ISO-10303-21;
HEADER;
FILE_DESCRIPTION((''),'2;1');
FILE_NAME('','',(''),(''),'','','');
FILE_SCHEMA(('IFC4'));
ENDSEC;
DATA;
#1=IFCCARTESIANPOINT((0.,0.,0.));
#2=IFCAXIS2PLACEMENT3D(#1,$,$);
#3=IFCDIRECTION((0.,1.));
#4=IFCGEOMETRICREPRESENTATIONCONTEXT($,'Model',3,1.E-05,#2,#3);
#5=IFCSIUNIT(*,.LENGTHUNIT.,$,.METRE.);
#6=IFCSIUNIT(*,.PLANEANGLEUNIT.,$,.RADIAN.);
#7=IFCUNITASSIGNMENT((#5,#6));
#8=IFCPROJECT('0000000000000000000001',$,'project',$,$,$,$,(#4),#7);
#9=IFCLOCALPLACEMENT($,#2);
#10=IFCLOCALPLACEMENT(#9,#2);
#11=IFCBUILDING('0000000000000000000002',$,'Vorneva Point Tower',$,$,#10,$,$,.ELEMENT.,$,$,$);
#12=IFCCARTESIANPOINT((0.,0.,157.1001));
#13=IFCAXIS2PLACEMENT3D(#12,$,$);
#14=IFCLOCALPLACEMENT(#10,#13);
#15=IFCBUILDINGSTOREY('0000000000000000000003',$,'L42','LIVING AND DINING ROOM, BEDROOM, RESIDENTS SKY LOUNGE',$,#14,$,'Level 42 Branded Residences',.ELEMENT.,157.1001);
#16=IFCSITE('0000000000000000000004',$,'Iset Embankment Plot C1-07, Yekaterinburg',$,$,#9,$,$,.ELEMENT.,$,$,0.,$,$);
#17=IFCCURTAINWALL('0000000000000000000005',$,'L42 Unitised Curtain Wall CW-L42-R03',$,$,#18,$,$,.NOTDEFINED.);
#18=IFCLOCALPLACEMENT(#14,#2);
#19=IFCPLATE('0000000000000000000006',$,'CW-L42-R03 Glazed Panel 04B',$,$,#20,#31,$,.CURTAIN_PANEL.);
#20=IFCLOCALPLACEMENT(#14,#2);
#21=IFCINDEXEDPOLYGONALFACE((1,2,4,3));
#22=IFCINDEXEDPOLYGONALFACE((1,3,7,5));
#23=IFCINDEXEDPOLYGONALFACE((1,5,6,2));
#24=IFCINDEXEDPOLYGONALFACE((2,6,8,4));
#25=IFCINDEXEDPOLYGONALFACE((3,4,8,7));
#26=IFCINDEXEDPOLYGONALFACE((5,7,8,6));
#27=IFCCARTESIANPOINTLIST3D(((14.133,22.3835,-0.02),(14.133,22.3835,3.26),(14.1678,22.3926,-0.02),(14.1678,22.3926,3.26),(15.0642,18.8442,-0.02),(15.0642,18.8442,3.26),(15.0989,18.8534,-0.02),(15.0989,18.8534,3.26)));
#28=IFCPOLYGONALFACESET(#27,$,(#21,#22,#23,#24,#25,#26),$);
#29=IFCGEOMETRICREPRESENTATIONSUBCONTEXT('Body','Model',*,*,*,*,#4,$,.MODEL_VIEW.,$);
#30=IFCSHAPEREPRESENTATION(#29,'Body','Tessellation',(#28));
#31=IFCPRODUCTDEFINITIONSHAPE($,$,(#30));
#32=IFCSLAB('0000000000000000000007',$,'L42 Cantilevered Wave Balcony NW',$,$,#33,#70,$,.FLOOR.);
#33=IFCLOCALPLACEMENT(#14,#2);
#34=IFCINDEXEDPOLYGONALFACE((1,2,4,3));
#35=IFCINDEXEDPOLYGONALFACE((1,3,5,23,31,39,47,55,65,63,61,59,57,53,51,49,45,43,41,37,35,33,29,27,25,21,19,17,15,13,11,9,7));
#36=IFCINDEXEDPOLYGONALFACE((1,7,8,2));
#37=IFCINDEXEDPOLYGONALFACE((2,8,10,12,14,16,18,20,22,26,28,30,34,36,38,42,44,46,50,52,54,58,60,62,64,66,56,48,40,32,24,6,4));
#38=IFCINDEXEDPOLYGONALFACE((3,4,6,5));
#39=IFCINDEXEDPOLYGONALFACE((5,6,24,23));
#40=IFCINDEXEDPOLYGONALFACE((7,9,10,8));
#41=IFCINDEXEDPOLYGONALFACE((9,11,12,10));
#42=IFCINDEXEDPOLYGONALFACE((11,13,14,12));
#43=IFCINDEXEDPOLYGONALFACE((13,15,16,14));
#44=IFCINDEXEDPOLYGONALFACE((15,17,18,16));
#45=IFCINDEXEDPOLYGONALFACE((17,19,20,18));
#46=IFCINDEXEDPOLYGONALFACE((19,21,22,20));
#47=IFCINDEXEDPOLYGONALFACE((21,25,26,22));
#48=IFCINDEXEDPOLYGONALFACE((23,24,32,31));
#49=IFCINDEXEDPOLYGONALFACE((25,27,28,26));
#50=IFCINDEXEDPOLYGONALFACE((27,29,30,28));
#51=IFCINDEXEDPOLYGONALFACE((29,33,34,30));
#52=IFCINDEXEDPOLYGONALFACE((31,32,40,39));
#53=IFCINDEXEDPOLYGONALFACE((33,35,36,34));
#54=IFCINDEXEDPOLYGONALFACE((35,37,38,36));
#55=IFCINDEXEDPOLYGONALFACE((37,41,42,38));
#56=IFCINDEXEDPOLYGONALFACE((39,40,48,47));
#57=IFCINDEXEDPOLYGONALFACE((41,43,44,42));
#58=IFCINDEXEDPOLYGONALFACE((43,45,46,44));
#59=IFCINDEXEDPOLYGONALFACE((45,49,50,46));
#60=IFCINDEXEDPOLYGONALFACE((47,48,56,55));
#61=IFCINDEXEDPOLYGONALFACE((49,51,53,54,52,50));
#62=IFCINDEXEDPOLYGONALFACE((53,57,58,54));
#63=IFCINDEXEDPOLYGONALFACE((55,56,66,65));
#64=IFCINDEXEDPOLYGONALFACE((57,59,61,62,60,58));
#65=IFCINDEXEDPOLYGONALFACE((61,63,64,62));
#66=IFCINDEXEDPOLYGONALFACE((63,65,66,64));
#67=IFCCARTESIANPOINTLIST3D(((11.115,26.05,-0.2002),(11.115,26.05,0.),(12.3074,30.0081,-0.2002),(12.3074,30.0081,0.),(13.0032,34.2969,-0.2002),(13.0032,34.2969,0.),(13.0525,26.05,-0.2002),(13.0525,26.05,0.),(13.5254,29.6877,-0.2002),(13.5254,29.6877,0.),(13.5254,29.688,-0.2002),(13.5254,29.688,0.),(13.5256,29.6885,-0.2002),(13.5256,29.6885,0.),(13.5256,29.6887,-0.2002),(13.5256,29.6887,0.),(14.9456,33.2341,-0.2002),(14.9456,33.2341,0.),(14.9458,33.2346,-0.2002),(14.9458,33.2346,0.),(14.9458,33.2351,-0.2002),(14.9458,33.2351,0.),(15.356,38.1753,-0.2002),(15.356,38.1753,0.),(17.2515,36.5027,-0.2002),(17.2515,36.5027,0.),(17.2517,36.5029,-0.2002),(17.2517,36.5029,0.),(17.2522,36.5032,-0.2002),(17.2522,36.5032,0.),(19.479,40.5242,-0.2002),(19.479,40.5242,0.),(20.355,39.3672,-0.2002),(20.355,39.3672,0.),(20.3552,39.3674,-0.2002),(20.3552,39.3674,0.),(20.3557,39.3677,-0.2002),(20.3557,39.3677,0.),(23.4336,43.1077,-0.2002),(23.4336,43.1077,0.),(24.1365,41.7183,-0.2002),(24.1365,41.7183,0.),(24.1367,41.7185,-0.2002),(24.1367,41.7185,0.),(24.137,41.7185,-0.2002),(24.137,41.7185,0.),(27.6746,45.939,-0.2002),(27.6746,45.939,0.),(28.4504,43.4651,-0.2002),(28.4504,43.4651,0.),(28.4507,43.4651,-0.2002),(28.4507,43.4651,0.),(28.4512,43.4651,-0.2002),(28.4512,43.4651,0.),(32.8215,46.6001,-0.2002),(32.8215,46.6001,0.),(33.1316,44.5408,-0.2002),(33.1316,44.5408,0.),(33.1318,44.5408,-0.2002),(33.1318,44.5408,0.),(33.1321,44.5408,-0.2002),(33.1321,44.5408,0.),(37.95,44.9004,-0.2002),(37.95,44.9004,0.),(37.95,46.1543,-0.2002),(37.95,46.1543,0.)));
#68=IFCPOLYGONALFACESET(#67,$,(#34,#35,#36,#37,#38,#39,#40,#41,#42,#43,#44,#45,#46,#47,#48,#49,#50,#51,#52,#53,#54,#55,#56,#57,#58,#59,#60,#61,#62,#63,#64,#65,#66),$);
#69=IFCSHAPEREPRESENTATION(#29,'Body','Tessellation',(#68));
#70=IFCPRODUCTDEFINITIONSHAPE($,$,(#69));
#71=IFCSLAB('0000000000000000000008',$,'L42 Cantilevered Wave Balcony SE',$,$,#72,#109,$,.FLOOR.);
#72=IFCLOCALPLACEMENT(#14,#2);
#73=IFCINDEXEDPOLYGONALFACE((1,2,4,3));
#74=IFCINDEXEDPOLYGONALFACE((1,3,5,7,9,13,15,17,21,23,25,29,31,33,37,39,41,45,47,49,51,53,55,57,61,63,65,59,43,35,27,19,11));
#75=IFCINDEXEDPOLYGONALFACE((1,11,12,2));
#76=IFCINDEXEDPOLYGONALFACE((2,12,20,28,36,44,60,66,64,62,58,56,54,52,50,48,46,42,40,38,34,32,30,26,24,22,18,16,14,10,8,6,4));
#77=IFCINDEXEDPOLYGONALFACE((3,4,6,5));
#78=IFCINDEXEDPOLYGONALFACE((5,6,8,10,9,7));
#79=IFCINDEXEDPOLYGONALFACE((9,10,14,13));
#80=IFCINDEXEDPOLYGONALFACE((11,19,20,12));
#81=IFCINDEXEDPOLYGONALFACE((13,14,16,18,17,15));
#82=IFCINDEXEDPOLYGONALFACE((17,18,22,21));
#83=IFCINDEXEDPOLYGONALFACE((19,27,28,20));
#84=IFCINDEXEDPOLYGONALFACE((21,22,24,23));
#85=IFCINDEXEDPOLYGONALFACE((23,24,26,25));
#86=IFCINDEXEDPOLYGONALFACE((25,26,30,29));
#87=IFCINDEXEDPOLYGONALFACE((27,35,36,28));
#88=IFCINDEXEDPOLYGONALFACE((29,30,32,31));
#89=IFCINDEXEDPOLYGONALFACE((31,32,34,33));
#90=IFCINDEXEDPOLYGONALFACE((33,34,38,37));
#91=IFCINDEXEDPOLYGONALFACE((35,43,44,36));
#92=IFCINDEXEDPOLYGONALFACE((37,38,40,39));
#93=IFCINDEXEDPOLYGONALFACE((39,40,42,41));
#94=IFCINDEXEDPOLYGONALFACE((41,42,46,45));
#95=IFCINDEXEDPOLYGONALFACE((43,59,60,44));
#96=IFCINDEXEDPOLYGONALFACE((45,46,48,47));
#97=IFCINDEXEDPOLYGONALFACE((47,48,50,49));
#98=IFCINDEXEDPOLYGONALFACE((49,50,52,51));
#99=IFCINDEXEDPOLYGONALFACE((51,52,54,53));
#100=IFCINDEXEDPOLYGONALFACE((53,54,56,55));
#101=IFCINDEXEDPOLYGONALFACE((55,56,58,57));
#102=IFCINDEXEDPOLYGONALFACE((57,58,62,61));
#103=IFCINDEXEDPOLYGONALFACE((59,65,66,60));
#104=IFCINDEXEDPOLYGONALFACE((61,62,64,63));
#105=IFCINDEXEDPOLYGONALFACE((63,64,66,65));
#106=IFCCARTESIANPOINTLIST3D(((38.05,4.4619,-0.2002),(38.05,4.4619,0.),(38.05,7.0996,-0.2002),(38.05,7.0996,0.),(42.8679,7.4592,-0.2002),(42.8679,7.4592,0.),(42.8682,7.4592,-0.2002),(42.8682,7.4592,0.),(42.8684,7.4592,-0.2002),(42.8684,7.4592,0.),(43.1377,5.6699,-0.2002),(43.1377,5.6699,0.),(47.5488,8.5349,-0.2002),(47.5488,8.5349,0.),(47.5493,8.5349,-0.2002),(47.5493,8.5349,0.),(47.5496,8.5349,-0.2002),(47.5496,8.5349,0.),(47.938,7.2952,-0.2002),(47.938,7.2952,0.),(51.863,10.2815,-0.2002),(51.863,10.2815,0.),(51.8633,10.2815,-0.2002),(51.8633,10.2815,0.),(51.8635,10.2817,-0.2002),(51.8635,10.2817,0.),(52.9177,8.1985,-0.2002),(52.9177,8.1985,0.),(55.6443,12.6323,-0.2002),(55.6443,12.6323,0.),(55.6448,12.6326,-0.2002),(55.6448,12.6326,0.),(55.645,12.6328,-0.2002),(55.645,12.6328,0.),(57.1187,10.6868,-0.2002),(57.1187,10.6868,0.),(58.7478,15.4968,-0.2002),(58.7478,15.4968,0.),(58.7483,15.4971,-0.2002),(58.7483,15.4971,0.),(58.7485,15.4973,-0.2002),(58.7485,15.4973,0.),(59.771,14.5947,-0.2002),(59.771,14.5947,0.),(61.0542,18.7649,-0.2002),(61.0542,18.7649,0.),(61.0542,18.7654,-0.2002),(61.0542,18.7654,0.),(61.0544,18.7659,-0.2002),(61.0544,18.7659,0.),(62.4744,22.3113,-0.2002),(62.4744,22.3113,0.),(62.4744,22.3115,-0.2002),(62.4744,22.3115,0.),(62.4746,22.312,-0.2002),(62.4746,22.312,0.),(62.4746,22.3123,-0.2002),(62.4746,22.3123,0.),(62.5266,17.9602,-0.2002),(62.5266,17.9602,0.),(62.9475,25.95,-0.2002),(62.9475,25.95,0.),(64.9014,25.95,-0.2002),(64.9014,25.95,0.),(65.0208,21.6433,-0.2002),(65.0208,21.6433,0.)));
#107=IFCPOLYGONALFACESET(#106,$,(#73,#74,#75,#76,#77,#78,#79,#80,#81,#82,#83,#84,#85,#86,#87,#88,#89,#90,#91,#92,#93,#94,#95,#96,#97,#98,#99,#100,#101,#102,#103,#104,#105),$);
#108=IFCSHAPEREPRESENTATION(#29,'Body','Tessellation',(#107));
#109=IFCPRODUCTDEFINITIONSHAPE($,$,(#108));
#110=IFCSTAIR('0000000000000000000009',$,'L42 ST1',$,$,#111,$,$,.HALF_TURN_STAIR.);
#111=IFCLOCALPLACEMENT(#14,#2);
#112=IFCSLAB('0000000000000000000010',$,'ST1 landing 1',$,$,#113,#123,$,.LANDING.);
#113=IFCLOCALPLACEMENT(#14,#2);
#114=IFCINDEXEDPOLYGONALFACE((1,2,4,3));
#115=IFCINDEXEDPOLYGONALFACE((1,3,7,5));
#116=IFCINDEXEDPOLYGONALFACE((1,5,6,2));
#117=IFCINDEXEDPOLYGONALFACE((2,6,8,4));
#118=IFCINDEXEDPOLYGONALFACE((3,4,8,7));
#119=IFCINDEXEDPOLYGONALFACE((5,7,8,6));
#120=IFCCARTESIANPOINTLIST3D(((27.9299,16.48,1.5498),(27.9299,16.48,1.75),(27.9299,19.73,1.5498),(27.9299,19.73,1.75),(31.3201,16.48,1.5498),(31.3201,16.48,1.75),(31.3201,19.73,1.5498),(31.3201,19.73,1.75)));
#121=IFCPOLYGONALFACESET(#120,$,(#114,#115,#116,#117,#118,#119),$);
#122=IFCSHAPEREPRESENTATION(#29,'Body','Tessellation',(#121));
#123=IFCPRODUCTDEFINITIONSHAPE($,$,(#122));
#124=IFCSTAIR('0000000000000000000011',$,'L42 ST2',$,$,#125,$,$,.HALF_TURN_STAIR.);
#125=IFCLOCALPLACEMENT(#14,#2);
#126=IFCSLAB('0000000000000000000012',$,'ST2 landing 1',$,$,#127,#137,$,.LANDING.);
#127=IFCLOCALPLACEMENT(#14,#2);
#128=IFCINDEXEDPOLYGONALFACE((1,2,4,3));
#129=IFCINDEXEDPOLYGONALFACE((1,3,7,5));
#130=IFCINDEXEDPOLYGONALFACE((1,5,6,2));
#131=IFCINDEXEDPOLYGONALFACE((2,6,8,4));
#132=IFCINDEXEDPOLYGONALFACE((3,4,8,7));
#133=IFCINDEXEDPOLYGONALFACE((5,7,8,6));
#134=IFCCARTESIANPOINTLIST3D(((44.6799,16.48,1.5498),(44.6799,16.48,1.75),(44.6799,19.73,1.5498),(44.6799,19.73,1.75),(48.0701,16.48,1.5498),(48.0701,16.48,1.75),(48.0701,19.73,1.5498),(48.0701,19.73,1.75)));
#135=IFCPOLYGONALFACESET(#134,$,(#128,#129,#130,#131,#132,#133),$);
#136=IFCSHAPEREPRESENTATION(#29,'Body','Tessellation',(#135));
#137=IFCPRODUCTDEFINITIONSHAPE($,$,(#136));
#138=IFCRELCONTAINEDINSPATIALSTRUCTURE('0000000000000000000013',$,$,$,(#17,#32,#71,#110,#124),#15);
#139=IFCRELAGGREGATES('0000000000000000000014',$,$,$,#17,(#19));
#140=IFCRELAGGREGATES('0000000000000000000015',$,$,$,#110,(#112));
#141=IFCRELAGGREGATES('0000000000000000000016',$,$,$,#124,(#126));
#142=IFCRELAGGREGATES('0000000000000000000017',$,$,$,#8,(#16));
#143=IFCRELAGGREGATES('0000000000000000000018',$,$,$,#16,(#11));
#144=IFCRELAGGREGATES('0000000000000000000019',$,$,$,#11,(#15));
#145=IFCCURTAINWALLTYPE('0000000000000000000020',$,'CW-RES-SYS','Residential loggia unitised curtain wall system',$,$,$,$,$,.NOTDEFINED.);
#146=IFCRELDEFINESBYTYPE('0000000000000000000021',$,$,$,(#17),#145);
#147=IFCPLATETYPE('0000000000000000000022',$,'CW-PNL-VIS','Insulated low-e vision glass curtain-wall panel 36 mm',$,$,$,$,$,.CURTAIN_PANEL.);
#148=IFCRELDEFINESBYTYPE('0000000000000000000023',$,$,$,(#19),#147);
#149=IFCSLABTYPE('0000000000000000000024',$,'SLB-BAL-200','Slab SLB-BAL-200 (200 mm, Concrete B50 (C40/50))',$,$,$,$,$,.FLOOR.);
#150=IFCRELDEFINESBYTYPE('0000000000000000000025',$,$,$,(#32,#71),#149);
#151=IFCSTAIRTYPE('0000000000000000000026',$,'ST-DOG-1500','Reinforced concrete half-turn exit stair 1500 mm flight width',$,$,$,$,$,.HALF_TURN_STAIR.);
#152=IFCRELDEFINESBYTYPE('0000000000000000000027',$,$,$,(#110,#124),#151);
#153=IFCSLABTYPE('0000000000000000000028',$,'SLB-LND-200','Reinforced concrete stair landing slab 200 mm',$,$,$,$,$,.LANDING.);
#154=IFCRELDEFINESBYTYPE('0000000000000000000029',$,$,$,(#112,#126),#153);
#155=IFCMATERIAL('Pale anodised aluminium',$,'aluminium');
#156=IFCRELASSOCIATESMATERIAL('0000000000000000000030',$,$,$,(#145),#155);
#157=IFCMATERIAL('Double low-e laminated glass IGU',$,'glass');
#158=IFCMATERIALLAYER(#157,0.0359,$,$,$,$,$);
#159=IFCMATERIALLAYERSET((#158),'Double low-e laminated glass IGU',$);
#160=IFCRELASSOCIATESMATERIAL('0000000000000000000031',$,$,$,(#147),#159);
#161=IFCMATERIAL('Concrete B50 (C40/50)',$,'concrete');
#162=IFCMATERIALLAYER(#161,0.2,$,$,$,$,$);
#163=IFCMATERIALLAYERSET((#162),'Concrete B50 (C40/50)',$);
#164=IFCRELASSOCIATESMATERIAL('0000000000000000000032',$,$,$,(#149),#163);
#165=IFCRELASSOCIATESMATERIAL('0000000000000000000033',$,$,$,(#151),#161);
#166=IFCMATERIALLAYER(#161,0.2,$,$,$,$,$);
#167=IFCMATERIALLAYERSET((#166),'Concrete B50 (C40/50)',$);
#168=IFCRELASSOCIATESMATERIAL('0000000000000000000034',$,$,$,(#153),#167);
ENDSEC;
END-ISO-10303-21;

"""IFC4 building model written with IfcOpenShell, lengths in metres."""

from ifc_helpers import new_model, si_unit, direction, frame, origin, origin_2d, place, context, subcontext, project, spatial, polyline, rectangle, outline, extrude, material, layer, layer_set, type_object, element, aggregate, save


model = new_model("IFC4")

# Units and contexts
model_context = context("Model", 3, precision=1e-05, world=origin(), true_north=direction((0.0, 1.0)))
body_context = subcontext(model_context, "Body", "Model", "MODEL_VIEW")
ifc_project = project(units=[si_unit("LENGTHUNIT", "METRE"), si_unit("PLANEANGLEUNIT", "RADIAN")], contexts=[model_context])

# Site, building, storey
site_placement = place(None, origin())
site = spatial("IfcSite", under=ifc_project, at=site_placement, Name="Iset Embankment Plot C1-07, Yekaterinburg", CompositionType="ELEMENT", RefElevation=0.0)
building_placement = place(site_placement, origin())
building = spatial("IfcBuilding", under=site, at=building_placement, Name="Vorneva Point Tower", CompositionType="ELEMENT")
storey_placement = place(building_placement, frame((0.0, 0.0, 157.1001)))
storey = spatial("IfcBuildingStorey", under=building, at=storey_placement, Name="L42", Description="LIVING AND DINING ROOM, BEDROOM, RESIDENTS SKY LOUNGE", LongName="Level 42 Branded Residences", CompositionType="ELEMENT", Elevation=157.1001)

# Curtain wall, plate
ifc_material_1 = material(Name="Pale anodised aluminium", Category="aluminium")
curtain_wall_type = type_object("IfcCurtainWallType", Name="CW-RES-SYS", Description="Residential loggia unitised curtain wall system", PredefinedType="NOTDEFINED", material=ifc_material_1)
curtain_wall_placement = place(storey_placement, origin())
curtain_wall = element("IfcCurtainWall", 1, at=curtain_wall_placement, inside=storey, type_object=curtain_wall_type, Name="L42 Unitised Curtain Wall CW-L42-R03", PredefinedType="NOTDEFINED")
ifc_material_2 = material(Name="Double low-e laminated glass IGU", Category="glass")
ifc_layer_1 = layer(ifc_material_2, 0.0359)
ifc_layer_set_1 = layer_set([ifc_layer_1], Name="Double low-e laminated glass IGU")
plate_type = type_object("IfcPlateType", Name="CW-PNL-VIS", Description="Insulated low-e vision glass curtain-wall panel 36 mm", PredefinedType="CURTAIN_PANEL", material=ifc_layer_set_1)
plate_1_placement = place(storey_placement, frame((14.616, 20.6184, -0.02), z_axis=(0.0, 0.0, 1.0), x_axis=(0.254433, -0.96709, 0.0)))
plate_1 = element("IfcPlate", 2, at=plate_1_placement, type_object=plate_type, Name="CW-L42-R03 Glazed Panel 04B", PredefinedType="CURTAIN_PANEL", context=body_context, shape_type="SweptSolid", body=[
    extrude(rectangle(XDim=3.6597, YDim=0.0359, at=origin_2d()), origin(), (0.0, 0.0, 1.0), 3.28),
])
aggregate(curtain_wall, [plate_1])

# Slabs
ifc_material_3 = material(Name="Concrete B50 (C40/50)", Category="concrete")
ifc_layer_2 = layer(ifc_material_3, 0.2)
ifc_layer_set_2 = layer_set([ifc_layer_2], Name="Concrete B50 (C40/50)")
slab_type_1 = type_object("IfcSlabType", Name="SLB-BAL-200", Description="Slab SLB-BAL-200 (200 mm, Concrete B50 (C40/50))", PredefinedType="FLOOR", material=ifc_layer_set_2)
slab_1_placement = place(storey_placement, frame((0.0, 0.0, -0.2002)))
element("IfcSlab", 3, at=slab_1_placement, inside=storey, type_object=slab_type_1, Name="L42 Cantilevered Wave Balcony NW", PredefinedType="FLOOR", context=body_context, shape_type="SweptSolid", body=[
    extrude(outline(polyline([(11.115, 26.05), (13.0525, 26.05), (13.5254, 29.6877), (13.5254, 29.688), (13.5256, 29.6885), (13.5256, 29.6887), (14.9456, 33.2341), (14.9458, 33.2346), (14.9458, 33.2351), (17.2515, 36.5027), (17.2517, 36.5029), (17.2522, 36.5032), (20.355, 39.3672), (20.3552, 39.3674), (20.3557, 39.3677), (24.1365, 41.7183), (24.1367, 41.7185), (24.137, 41.7185), (28.4504, 43.4651), (28.4507, 43.4651), (28.4512, 43.4651), (33.1316, 44.5408), (33.1318, 44.5408), (33.1321, 44.5408), (37.95, 44.9004), (37.95, 46.1543), (32.8215, 46.6001), (27.6746, 45.939), (23.4336, 43.1077), (19.479, 40.5242), (15.356, 38.1753), (13.0032, 34.2969), (12.3074, 30.0081), (11.115, 26.05)])), origin(), (0.0, 0.0, 1.0), 0.2002),
])
slab_2_placement = place(storey_placement, frame((0.0, 0.0, -0.2002)))
element("IfcSlab", 4, at=slab_2_placement, inside=storey, type_object=slab_type_1, Name="L42 Cantilevered Wave Balcony SE", PredefinedType="FLOOR", context=body_context, shape_type="SweptSolid", body=[
    extrude(outline(polyline([(65.0208, 21.6433), (64.9014, 25.95), (62.9475, 25.95), (62.4746, 22.3123), (62.4746, 22.312), (62.4744, 22.3115), (62.4744, 22.3113), (61.0544, 18.7659), (61.0542, 18.7654), (61.0542, 18.7649), (58.7485, 15.4973), (58.7483, 15.4971), (58.7478, 15.4968), (55.645, 12.6328), (55.6448, 12.6326), (55.6443, 12.6323), (51.8635, 10.2817), (51.8633, 10.2815), (51.863, 10.2815), (47.5496, 8.5349), (47.5493, 8.5349), (47.5488, 8.5349), (42.8684, 7.4592), (42.8682, 7.4592), (42.8679, 7.4592), (38.05, 7.0996), (38.05, 4.4619), (43.1377, 5.6699), (47.938, 7.2952), (52.9177, 8.1985), (57.1187, 10.6868), (59.771, 14.5947), (62.5266, 17.9602), (65.0208, 21.6433)])), origin(), (0.0, 0.0, 1.0), 0.2002),
])

# Stairs, slabs
stair_type = type_object("IfcStairType", Name="ST-DOG-1500", Description="Reinforced concrete half-turn exit stair 1500 mm flight width", PredefinedType="HALF_TURN_STAIR", material=ifc_material_3)
stair_1_placement = place(storey_placement, origin())
stair_1 = element("IfcStair", 5, at=stair_1_placement, inside=storey, type_object=stair_type, Name="L42 ST1", PredefinedType="HALF_TURN_STAIR")
ifc_layer_3 = layer(ifc_material_3, 0.2)
ifc_layer_set_3 = layer_set([ifc_layer_3], Name="Concrete B50 (C40/50)")
slab_type_2 = type_object("IfcSlabType", Name="SLB-LND-200", Description="Reinforced concrete stair landing slab 200 mm", PredefinedType="LANDING", material=ifc_layer_set_3)
slab_3_placement = place(storey_placement, frame((0.0, 0.0, 1.5498)))
slab_3 = element("IfcSlab", 6, at=slab_3_placement, type_object=slab_type_2, Name="ST1 landing 1", PredefinedType="LANDING", context=body_context, shape_type="SweptSolid", body=[
    extrude(outline(polyline([(27.9299, 16.48), (31.3201, 16.48), (31.3201, 19.73), (27.9299, 19.73), (27.9299, 16.48)])), origin(), (0.0, 0.0, 1.0), 0.2002),
])
aggregate(stair_1, [slab_3])
stair_2_placement = place(storey_placement, origin())
stair_2 = element("IfcStair", 7, at=stair_2_placement, inside=storey, type_object=stair_type, Name="L42 ST2", PredefinedType="HALF_TURN_STAIR")
slab_4_placement = place(storey_placement, frame((0.0, 0.0, 1.5498)))
slab_4 = element("IfcSlab", 8, at=slab_4_placement, type_object=slab_type_2, Name="ST2 landing 1", PredefinedType="LANDING", context=body_context, shape_type="SweptSolid", body=[
    extrude(outline(polyline([(44.6799, 16.48), (48.0701, 16.48), (48.0701, 19.73), (44.6799, 19.73), (44.6799, 16.48)])), origin(), (0.0, 0.0, 1.0), 0.2002),
])
aggregate(stair_2, [slab_4])

save(model, "model.ifc")
